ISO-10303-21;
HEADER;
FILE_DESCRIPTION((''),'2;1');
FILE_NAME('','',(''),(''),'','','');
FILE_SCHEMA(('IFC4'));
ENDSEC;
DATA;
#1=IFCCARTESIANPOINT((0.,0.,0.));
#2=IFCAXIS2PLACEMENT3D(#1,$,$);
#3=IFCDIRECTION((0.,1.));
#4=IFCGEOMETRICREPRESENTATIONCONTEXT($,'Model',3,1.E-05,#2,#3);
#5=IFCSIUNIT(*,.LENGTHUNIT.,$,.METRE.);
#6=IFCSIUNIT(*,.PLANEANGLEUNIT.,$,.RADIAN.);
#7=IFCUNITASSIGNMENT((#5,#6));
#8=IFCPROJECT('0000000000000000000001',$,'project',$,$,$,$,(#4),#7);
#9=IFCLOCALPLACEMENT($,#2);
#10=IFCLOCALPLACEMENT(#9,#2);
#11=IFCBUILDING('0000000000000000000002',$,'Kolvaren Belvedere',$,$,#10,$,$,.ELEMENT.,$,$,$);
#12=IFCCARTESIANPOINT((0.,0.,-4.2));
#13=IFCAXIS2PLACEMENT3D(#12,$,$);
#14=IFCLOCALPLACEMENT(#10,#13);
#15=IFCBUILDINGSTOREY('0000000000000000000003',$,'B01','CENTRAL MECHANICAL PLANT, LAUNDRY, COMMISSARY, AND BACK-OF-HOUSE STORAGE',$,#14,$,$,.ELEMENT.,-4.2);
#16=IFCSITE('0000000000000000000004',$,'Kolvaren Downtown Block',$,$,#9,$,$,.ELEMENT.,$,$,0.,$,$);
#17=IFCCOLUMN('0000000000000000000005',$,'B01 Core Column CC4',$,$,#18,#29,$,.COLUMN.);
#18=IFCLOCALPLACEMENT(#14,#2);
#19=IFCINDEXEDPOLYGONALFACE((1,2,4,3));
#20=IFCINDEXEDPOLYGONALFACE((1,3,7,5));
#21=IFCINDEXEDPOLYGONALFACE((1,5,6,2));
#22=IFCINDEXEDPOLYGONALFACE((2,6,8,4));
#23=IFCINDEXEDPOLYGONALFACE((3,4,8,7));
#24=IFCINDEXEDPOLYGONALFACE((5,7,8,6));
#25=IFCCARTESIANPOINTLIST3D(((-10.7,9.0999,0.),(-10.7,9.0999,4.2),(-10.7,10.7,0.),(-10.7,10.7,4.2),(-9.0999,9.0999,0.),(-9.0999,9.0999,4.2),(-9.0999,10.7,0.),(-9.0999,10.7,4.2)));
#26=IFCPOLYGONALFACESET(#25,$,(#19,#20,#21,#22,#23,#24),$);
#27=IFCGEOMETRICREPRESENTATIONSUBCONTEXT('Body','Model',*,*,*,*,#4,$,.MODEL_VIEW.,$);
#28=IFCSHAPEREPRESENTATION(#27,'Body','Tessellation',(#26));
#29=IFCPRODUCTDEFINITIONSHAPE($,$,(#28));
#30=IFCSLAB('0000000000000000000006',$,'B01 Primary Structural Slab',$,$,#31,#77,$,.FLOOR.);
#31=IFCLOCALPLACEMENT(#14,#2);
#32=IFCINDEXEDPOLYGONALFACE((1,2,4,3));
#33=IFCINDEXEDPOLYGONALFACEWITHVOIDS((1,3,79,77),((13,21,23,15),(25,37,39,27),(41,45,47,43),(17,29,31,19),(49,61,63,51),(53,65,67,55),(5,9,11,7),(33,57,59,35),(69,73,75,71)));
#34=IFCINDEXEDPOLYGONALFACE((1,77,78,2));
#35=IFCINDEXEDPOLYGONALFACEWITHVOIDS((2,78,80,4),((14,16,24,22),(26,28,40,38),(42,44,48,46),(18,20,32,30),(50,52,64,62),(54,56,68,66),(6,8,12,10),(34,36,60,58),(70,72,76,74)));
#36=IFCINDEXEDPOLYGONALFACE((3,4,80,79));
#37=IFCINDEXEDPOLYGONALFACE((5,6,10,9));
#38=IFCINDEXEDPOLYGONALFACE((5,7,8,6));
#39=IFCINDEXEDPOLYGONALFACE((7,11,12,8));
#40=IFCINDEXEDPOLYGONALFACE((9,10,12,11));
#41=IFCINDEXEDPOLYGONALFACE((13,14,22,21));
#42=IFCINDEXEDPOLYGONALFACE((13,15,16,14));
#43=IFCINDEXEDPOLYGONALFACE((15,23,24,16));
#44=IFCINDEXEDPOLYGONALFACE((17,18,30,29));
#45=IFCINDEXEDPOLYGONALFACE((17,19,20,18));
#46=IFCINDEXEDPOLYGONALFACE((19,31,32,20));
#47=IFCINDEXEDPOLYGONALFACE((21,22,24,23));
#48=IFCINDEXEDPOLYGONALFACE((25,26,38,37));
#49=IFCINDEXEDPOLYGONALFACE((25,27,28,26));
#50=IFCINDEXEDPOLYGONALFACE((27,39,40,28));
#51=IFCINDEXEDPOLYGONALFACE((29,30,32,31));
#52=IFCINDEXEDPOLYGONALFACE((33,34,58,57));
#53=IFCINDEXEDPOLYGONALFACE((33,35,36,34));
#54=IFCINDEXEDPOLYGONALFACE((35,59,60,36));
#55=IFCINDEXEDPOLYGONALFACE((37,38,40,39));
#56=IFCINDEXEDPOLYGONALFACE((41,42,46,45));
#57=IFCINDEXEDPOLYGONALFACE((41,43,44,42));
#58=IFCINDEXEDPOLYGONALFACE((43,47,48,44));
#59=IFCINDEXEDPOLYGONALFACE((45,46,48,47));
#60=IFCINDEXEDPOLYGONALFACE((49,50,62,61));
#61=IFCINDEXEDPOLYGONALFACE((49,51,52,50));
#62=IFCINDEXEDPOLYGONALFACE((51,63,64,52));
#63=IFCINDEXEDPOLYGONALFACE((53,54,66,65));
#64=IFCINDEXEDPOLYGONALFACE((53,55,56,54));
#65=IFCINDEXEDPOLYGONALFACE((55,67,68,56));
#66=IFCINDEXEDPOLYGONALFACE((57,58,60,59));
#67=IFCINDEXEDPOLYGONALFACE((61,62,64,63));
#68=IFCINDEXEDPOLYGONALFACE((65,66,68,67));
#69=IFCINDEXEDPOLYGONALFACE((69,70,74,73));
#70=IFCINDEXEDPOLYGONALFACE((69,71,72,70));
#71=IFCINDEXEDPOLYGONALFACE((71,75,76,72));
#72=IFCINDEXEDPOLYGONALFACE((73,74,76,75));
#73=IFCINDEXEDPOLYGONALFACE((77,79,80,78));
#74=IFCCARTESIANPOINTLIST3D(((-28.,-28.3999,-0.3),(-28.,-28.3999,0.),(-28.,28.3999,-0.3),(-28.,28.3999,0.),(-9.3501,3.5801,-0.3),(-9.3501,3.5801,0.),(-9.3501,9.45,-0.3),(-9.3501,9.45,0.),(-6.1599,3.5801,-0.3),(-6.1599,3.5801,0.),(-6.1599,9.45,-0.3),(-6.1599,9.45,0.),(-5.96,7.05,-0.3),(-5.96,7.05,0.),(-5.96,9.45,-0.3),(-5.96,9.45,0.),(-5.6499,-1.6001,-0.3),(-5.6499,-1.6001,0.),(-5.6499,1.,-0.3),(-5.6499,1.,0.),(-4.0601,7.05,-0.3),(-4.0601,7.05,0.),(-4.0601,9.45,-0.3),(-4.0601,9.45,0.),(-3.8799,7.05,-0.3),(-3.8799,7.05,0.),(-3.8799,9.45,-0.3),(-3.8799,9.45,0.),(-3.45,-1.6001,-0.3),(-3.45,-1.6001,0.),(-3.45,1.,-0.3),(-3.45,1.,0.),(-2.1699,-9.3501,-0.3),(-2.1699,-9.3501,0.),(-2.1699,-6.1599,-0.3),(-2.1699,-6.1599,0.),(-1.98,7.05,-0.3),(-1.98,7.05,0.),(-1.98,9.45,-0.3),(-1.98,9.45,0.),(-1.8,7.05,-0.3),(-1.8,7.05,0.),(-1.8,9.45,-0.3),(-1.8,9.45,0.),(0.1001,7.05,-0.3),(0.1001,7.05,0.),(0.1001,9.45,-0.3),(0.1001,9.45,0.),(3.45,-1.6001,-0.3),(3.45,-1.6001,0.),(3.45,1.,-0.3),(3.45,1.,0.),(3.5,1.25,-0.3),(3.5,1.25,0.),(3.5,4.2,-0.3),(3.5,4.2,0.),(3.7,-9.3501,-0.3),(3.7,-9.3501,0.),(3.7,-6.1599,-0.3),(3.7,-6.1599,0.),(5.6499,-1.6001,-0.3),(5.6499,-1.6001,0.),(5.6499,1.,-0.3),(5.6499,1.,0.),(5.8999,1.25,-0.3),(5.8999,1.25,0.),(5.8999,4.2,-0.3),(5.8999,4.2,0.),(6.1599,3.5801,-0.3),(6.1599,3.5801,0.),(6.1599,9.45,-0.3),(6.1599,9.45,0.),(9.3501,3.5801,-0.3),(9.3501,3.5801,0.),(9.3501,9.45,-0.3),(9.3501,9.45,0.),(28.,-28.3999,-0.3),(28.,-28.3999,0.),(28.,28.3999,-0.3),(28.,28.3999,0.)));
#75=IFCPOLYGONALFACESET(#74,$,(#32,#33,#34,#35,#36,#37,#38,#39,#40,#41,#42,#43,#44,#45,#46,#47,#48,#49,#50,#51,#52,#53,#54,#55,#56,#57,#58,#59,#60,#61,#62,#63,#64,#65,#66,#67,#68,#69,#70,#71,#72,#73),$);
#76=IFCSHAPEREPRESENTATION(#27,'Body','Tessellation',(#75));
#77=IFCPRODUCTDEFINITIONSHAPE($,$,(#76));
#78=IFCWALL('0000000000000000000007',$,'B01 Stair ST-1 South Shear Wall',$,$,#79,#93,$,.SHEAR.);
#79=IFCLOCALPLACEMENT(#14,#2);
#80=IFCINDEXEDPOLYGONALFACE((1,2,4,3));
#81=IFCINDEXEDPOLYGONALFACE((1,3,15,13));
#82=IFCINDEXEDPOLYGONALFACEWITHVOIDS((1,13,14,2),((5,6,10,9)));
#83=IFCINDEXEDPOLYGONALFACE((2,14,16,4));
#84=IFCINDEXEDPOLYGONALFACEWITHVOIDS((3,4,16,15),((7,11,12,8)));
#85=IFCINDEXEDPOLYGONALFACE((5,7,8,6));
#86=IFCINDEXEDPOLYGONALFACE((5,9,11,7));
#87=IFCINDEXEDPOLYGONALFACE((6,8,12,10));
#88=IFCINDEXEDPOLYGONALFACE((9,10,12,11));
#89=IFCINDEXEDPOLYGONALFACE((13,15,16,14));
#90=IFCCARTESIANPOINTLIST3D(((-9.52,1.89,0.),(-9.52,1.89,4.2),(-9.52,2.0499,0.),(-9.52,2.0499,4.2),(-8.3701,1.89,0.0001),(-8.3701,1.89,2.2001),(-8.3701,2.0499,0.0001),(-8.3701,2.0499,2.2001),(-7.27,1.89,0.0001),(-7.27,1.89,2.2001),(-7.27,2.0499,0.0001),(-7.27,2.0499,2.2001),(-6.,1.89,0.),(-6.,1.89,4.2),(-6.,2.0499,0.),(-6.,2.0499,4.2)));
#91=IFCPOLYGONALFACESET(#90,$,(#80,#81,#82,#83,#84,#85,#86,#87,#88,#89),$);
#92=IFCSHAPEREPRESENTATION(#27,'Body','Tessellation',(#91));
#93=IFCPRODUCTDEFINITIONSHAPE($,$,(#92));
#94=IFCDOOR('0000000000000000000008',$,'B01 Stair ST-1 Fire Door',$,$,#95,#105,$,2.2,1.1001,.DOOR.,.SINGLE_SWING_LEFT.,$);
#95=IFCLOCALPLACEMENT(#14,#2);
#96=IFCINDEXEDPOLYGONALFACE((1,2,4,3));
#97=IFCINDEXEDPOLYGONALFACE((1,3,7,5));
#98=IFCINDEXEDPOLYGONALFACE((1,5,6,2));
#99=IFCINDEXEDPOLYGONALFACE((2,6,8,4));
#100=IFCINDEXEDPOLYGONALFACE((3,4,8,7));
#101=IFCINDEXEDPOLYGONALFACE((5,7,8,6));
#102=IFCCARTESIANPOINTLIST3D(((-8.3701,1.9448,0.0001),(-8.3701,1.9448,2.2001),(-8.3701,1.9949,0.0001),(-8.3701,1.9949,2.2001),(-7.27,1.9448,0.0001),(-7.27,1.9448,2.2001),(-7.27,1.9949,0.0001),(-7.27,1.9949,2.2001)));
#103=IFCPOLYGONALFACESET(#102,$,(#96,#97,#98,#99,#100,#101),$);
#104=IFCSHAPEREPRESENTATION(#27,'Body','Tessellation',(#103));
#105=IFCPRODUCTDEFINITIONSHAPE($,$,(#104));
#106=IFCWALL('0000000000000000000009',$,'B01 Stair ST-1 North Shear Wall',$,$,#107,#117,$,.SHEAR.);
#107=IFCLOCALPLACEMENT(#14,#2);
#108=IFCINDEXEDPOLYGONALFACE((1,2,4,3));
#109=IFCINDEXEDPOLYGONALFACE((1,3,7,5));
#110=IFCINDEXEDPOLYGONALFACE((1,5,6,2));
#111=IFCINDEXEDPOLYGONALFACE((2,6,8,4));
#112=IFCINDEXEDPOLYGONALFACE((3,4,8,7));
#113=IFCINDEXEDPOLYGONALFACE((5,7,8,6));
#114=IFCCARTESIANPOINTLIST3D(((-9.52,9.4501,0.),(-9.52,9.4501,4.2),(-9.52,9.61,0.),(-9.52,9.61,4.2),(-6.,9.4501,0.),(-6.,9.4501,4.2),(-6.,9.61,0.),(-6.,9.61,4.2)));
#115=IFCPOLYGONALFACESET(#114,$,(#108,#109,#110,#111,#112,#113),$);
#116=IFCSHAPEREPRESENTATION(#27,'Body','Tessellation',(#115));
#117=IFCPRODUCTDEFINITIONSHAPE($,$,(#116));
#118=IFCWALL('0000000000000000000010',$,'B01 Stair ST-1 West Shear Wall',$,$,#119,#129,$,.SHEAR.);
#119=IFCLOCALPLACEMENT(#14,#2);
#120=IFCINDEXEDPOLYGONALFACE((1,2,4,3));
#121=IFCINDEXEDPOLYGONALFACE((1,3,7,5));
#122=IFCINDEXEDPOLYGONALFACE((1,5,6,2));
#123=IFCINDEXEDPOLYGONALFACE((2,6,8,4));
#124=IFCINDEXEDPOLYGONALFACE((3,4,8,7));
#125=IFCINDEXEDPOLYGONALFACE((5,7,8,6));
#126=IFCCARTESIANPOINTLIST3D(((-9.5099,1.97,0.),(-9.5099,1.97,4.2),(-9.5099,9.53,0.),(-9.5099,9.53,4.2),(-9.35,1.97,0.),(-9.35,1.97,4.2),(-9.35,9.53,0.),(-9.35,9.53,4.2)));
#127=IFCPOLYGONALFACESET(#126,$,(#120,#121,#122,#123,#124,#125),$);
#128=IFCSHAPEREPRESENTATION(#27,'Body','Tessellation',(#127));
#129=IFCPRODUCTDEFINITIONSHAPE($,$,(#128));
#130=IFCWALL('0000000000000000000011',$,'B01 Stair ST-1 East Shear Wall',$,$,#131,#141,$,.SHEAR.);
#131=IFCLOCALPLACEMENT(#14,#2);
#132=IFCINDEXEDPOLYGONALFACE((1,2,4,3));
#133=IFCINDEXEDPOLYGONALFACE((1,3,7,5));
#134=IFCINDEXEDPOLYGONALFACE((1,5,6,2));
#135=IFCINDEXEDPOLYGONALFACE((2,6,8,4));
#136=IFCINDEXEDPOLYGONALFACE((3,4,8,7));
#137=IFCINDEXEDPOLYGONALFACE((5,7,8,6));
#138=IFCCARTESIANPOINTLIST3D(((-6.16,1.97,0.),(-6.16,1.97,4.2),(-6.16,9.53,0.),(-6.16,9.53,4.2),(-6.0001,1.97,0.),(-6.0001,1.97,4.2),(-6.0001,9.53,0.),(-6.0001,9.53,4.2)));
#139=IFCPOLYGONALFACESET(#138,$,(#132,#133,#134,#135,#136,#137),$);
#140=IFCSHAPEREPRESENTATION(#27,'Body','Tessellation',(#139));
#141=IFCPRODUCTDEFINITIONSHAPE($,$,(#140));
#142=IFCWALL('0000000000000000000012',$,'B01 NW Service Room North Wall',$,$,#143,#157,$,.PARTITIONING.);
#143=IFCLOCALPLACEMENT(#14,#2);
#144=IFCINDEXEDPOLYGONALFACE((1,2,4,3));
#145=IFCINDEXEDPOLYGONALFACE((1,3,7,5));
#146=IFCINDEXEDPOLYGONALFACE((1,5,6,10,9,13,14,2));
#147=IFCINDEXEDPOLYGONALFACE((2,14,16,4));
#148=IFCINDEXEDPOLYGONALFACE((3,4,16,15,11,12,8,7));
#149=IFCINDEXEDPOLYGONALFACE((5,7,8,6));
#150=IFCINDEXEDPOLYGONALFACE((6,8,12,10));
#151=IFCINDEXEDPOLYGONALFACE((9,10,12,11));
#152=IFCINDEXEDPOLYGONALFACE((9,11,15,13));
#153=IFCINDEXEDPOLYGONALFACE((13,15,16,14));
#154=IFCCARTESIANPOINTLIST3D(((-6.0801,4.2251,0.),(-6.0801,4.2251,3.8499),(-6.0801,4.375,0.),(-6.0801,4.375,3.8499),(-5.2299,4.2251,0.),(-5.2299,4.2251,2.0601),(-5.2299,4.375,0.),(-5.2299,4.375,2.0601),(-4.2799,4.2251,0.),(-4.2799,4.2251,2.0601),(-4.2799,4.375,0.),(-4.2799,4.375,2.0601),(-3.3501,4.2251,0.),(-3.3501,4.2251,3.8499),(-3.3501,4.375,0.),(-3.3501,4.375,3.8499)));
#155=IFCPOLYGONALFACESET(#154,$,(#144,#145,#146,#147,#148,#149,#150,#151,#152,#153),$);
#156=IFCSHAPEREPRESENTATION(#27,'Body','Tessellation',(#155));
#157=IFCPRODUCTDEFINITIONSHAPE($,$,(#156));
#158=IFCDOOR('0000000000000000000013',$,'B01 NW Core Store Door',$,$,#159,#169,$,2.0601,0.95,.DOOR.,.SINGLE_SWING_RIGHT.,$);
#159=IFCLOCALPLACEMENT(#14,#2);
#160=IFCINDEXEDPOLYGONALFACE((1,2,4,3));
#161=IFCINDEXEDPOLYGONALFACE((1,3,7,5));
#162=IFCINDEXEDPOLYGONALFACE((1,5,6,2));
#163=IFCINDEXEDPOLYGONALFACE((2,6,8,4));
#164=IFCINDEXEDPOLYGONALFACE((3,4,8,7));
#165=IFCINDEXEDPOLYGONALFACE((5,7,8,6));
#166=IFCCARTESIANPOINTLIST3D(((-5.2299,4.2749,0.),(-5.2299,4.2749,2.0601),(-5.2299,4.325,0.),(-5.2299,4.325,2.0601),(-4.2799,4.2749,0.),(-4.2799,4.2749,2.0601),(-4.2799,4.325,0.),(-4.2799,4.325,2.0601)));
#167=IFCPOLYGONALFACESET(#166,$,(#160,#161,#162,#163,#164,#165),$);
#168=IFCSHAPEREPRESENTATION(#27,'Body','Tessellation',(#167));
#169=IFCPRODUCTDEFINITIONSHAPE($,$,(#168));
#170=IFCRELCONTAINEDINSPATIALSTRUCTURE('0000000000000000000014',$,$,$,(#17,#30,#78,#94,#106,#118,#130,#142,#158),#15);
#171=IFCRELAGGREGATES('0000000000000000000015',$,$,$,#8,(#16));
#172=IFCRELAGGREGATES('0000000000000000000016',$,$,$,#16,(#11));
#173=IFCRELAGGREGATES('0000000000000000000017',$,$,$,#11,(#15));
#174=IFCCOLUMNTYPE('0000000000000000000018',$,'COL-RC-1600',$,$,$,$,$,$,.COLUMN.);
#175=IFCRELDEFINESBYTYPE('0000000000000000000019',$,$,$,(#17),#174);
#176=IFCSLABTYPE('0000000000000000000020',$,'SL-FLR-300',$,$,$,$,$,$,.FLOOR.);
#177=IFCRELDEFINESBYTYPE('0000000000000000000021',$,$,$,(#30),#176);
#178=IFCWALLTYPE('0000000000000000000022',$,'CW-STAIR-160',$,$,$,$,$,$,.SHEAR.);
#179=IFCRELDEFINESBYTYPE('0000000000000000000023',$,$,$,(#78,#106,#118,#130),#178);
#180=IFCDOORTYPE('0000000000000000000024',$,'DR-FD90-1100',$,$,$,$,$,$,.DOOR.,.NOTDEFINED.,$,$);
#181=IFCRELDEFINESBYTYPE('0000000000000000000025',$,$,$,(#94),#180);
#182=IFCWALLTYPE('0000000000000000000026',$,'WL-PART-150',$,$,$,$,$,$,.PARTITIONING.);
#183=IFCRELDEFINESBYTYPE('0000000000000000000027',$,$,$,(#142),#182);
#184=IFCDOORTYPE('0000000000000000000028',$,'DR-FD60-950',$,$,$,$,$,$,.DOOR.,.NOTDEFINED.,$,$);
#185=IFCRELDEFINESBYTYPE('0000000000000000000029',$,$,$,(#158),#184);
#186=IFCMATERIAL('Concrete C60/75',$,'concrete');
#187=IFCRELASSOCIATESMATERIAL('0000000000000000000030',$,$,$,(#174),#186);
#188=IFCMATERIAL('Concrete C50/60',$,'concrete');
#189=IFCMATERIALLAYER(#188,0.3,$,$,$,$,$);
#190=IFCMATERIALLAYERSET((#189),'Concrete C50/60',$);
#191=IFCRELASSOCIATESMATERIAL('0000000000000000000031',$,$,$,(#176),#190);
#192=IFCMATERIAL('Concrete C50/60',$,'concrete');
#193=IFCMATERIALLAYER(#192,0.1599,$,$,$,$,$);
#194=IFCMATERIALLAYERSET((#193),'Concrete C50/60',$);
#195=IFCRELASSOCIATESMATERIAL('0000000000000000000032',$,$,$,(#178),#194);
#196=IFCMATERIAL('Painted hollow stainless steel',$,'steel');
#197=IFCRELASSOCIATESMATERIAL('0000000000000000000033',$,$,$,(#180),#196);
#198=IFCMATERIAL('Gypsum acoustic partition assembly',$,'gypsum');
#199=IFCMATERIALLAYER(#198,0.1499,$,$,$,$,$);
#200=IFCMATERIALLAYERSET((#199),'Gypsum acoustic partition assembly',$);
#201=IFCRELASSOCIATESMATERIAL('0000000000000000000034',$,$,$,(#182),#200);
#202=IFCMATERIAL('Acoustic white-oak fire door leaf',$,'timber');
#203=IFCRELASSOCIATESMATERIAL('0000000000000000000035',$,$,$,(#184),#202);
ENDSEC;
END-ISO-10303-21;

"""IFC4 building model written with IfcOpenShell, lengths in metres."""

from ifc_helpers import new_model, si_unit, direction, frame, frame_2d, origin, origin_2d, place, context, subcontext, project, spatial, polyline, rectangle, outline, extrude, material, layer, layer_set, material_profile, profile_set, type_object, element, fill, save


model = new_model("IFC4")

# Units and contexts
model_context = context("Model", 3, precision=1e-05, world=origin(), true_north=direction((0.0, 1.0)))
body_context = subcontext(model_context, "Body", "Model", "MODEL_VIEW")
ifc_project = project(units=[si_unit("LENGTHUNIT", "METRE"), si_unit("PLANEANGLEUNIT", "RADIAN")], contexts=[model_context])

# Site, building, storey
site_placement = place(None, origin())
site = spatial("IfcSite", under=ifc_project, at=site_placement, Name="Kolvaren Downtown Block", CompositionType="ELEMENT", RefElevation=0.0)
building_placement = place(site_placement, origin())
building = spatial("IfcBuilding", under=site, at=building_placement, Name="Kolvaren Belvedere", CompositionType="ELEMENT")
storey_placement = place(building_placement, frame((0.0, 0.0, -4.2)))
storey = spatial("IfcBuildingStorey", under=building, at=storey_placement, Name="B01", Description="CENTRAL MECHANICAL PLANT, LAUNDRY, COMMISSARY, AND BACK-OF-HOUSE STORAGE", CompositionType="ELEMENT", Elevation=-4.2)

# Column
ifc_material_1 = material(Name="Concrete C60/75", Category="concrete")
ifc_material_profile = material_profile(ifc_material_1, rectangle(XDim=1.6001, YDim=1.6001, at=origin_2d()), Name="RC 1600X1600")
ifc_profile_set = profile_set([ifc_material_profile], Name="Concrete C60/75")
column_type = type_object("IfcColumnType", Name="COL-RC-1600", PredefinedType="COLUMN", material=ifc_profile_set)
column_placement = place(storey_placement, frame((-9.8999, 9.8999, 0.0), z_axis=(0.0, 0.0, 1.0), x_axis=(1.0, 0.0, 0.0)))
element("IfcColumn", 1, at=column_placement, inside=storey, type_object=column_type, Name="B01 Core Column CC4", PredefinedType="COLUMN", context=body_context, shape_type="SweptSolid", body=[
    extrude(rectangle(XDim=1.6001, YDim=1.6001, at=origin_2d()), origin(), (0.0, 0.0, 1.0), 4.2),
])

# Slab
ifc_material_2 = material(Name="Concrete C50/60", Category="concrete")
ifc_layer_1 = layer(ifc_material_2, 0.3)
ifc_layer_set_1 = layer_set([ifc_layer_1], Name="Concrete C50/60")
slab_type = type_object("IfcSlabType", Name="SL-FLR-300", PredefinedType="FLOOR", material=ifc_layer_set_1)
slab_placement = place(storey_placement, frame((0.0, 0.0, -0.3)))
element("IfcSlab", 2, at=slab_placement, inside=storey, type_object=slab_type, Name="B01 Primary Structural Slab", PredefinedType="FLOOR", context=body_context, shape_type="SweptSolid", body=[
    extrude(outline(polyline([(-28.0, -28.3999), (28.0, -28.3999), (28.0, 28.3999), (-28.0, 28.3999), (-28.0, -28.3999)]), holes=[polyline([(-9.3501, 3.5801), (-6.1599, 3.5801), (-6.1599, 9.45), (-9.3501, 9.45), (-9.3501, 3.5801)]), polyline([(6.1599, 3.5801), (9.3501, 3.5801), (9.3501, 9.45), (6.1599, 9.45), (6.1599, 3.5801)]), polyline([(-2.1699, -9.3501), (3.7, -9.3501), (3.7, -6.1599), (-2.1699, -6.1599), (-2.1699, -9.3501)]), polyline([(-5.6499, -1.6001), (-3.45, -1.6001), (-3.45, 1.0), (-5.6499, 1.0), (-5.6499, -1.6001)]), polyline([(3.5, 1.25), (5.8999, 1.25), (5.8999, 4.2), (3.5, 4.2), (3.5, 1.25)]), polyline([(3.45, -1.6001), (5.6499, -1.6001), (5.6499, 1.0), (3.45, 1.0), (3.45, -1.6001)]), polyline([(-5.96, 7.05), (-4.0601, 7.05), (-4.0601, 9.45), (-5.96, 9.45), (-5.96, 7.05)]), polyline([(-3.8799, 7.05), (-1.98, 7.05), (-1.98, 9.45), (-3.8799, 9.45), (-3.8799, 7.05)]), polyline([(-1.8, 7.05), (0.1001, 7.05), (0.1001, 9.45), (-1.8, 9.45), (-1.8, 7.05)])]), origin(), (0.0, 0.0, 1.0), 0.3),
])

# Wall, opening, door
ifc_material_3 = material(Name="Concrete C50/60", Category="concrete")
ifc_layer_2 = layer(ifc_material_3, 0.1599)
ifc_layer_set_2 = layer_set([ifc_layer_2], Name="Concrete C50/60")
wall_type_1 = type_object("IfcWallType", Name="CW-STAIR-160", PredefinedType="SHEAR", material=ifc_layer_set_2)
wall_1_placement = place(storey_placement, frame((-9.52, 1.97, 0.0), z_axis=(0.0, 0.0, 1.0), x_axis=(1.0, 0.0, 0.0)))
wall_1 = element("IfcWall", 3, at=wall_1_placement, inside=storey, type_object=wall_type_1, Name="B01 Stair ST-1 South Shear Wall", PredefinedType="SHEAR", context=body_context, shape_type="SweptSolid", body=[
    extrude(rectangle(XDim=3.52, YDim=0.1599, at=frame_2d((1.76, 0.0))), origin(), (0.0, 0.0, 1.0), 4.2),
])
opening_1_placement = place(wall_1_placement, frame((1.1499, 0.0, 0.0)))
opening_1 = element("IfcOpeningElement", 4, at=opening_1_placement, cuts=wall_1, PredefinedType="OPENING", context=body_context, shape_type="SweptSolid", body=[
    extrude(rectangle(XDim=1.1001, YDim=2.2, at=frame_2d((0.55, 1.1001))), frame((0.0, 0.0898, 0.0), z_axis=(0.0, -1.0, 0.0), x_axis=(1.0, 0.0, 0.0)), (0.0, 0.0, 1.0), 0.1799),
])
ifc_material_4 = material(Name="Painted hollow stainless steel", Category="steel")
door_type_1 = type_object("IfcDoorType", Name="DR-FD90-1100", OperationType="NOTDEFINED", PredefinedType="DOOR", material=ifc_material_4)
door_1_placement = place(opening_1_placement, origin())
door_1 = element("IfcDoor", 5, at=door_1_placement, inside=storey, type_object=door_type_1, Name="B01 Stair ST-1 Fire Door", OperationType="SINGLE_SWING_LEFT", OverallHeight=2.2, OverallWidth=1.1001, PredefinedType="DOOR", context=body_context, shape_type="SweptSolid", body=[
    extrude(rectangle(XDim=1.1001, YDim=2.2, at=frame_2d((0.55, 1.1001))), frame((0.0, 0.0249, 0.0), z_axis=(0.0, -1.0, 0.0), x_axis=(1.0, 0.0, 0.0)), (0.0, 0.0, 1.0), 0.05),
])
fill(opening_1, door_1)

# Walls
wall_2_placement = place(storey_placement, frame((-9.52, 9.53, 0.0), z_axis=(0.0, 0.0, 1.0), x_axis=(1.0, 0.0, 0.0)))
element("IfcWall", 6, at=wall_2_placement, inside=storey, type_object=wall_type_1, Name="B01 Stair ST-1 North Shear Wall", PredefinedType="SHEAR", context=body_context, shape_type="SweptSolid", body=[
    extrude(rectangle(XDim=3.52, YDim=0.1599, at=frame_2d((1.76, 0.0))), origin(), (0.0, 0.0, 1.0), 4.2),
])
for number, where, z_axis, x_axis, name in (
    (7, (-9.4299, 1.97, 0.0), (0.0, 0.0, 1.0), (0.0, 1.0, 0.0), "B01 Stair ST-1 West Shear Wall"),
    (8, (-6.0801, 1.97, 0.0), (0.0, 0.0, 1.0), (0.0, 1.0, 0.0), "B01 Stair ST-1 East Shear Wall"),
):
    element("IfcWall", number, at=place(storey_placement, frame(where, z_axis=z_axis, x_axis=x_axis)), inside=storey, type_object=wall_type_1, Name=name, PredefinedType="SHEAR", context=body_context, shape_type="SweptSolid", body=[
        extrude(rectangle(XDim=7.5601, YDim=0.1599, at=frame_2d((3.78, 0.0))), origin(), (0.0, 0.0, 1.0), 4.2),
    ])

# Wall, opening, door
ifc_material_5 = material(Name="Gypsum acoustic partition assembly", Category="gypsum")
ifc_layer_3 = layer(ifc_material_5, 0.1499)
ifc_layer_set_3 = layer_set([ifc_layer_3], Name="Gypsum acoustic partition assembly")
wall_type_2 = type_object("IfcWallType", Name="WL-PART-150", PredefinedType="PARTITIONING", material=ifc_layer_set_3)
wall_3_placement = place(storey_placement, frame((-6.0801, 4.3, 0.0), z_axis=(0.0, 0.0, 1.0), x_axis=(1.0, 0.0, 0.0)))
wall_3 = element("IfcWall", 9, at=wall_3_placement, inside=storey, type_object=wall_type_2, Name="B01 NW Service Room North Wall", PredefinedType="PARTITIONING", context=body_context, shape_type="SweptSolid", body=[
    extrude(rectangle(XDim=2.73, YDim=0.1499, at=frame_2d((1.365, 0.0))), origin(), (0.0, 0.0, 1.0), 3.8499),
])
opening_2_placement = place(wall_3_placement, frame((0.8501, 0.0, 0.0)))
opening_2 = element("IfcOpeningElement", 10, at=opening_2_placement, cuts=wall_3, PredefinedType="OPENING", context=body_context, shape_type="SweptSolid", body=[
    extrude(rectangle(XDim=0.95, YDim=2.0601, at=frame_2d((0.4751, 1.03))), frame((0.0, 0.085, 0.0), z_axis=(0.0, -1.0, 0.0), x_axis=(1.0, 0.0, 0.0)), (0.0, 0.0, 1.0), 0.1699),
])
ifc_material_6 = material(Name="Acoustic white-oak fire door leaf", Category="timber")
door_type_2 = type_object("IfcDoorType", Name="DR-FD60-950", OperationType="NOTDEFINED", PredefinedType="DOOR", material=ifc_material_6)
door_2_placement = place(opening_2_placement, origin())
door_2 = element("IfcDoor", 11, at=door_2_placement, inside=storey, type_object=door_type_2, Name="B01 NW Core Store Door", OperationType="SINGLE_SWING_RIGHT", OverallHeight=2.0601, OverallWidth=0.95, PredefinedType="DOOR", context=body_context, shape_type="SweptSolid", body=[
    extrude(rectangle(XDim=0.95, YDim=2.0601, at=frame_2d((0.4751, 1.03))), frame((0.0, 0.0249, 0.0), z_axis=(0.0, -1.0, 0.0), x_axis=(1.0, 0.0, 0.0)), (0.0, 0.0, 1.0), 0.05),
])
fill(opening_2, door_2)

save(model, "model.ifc")
